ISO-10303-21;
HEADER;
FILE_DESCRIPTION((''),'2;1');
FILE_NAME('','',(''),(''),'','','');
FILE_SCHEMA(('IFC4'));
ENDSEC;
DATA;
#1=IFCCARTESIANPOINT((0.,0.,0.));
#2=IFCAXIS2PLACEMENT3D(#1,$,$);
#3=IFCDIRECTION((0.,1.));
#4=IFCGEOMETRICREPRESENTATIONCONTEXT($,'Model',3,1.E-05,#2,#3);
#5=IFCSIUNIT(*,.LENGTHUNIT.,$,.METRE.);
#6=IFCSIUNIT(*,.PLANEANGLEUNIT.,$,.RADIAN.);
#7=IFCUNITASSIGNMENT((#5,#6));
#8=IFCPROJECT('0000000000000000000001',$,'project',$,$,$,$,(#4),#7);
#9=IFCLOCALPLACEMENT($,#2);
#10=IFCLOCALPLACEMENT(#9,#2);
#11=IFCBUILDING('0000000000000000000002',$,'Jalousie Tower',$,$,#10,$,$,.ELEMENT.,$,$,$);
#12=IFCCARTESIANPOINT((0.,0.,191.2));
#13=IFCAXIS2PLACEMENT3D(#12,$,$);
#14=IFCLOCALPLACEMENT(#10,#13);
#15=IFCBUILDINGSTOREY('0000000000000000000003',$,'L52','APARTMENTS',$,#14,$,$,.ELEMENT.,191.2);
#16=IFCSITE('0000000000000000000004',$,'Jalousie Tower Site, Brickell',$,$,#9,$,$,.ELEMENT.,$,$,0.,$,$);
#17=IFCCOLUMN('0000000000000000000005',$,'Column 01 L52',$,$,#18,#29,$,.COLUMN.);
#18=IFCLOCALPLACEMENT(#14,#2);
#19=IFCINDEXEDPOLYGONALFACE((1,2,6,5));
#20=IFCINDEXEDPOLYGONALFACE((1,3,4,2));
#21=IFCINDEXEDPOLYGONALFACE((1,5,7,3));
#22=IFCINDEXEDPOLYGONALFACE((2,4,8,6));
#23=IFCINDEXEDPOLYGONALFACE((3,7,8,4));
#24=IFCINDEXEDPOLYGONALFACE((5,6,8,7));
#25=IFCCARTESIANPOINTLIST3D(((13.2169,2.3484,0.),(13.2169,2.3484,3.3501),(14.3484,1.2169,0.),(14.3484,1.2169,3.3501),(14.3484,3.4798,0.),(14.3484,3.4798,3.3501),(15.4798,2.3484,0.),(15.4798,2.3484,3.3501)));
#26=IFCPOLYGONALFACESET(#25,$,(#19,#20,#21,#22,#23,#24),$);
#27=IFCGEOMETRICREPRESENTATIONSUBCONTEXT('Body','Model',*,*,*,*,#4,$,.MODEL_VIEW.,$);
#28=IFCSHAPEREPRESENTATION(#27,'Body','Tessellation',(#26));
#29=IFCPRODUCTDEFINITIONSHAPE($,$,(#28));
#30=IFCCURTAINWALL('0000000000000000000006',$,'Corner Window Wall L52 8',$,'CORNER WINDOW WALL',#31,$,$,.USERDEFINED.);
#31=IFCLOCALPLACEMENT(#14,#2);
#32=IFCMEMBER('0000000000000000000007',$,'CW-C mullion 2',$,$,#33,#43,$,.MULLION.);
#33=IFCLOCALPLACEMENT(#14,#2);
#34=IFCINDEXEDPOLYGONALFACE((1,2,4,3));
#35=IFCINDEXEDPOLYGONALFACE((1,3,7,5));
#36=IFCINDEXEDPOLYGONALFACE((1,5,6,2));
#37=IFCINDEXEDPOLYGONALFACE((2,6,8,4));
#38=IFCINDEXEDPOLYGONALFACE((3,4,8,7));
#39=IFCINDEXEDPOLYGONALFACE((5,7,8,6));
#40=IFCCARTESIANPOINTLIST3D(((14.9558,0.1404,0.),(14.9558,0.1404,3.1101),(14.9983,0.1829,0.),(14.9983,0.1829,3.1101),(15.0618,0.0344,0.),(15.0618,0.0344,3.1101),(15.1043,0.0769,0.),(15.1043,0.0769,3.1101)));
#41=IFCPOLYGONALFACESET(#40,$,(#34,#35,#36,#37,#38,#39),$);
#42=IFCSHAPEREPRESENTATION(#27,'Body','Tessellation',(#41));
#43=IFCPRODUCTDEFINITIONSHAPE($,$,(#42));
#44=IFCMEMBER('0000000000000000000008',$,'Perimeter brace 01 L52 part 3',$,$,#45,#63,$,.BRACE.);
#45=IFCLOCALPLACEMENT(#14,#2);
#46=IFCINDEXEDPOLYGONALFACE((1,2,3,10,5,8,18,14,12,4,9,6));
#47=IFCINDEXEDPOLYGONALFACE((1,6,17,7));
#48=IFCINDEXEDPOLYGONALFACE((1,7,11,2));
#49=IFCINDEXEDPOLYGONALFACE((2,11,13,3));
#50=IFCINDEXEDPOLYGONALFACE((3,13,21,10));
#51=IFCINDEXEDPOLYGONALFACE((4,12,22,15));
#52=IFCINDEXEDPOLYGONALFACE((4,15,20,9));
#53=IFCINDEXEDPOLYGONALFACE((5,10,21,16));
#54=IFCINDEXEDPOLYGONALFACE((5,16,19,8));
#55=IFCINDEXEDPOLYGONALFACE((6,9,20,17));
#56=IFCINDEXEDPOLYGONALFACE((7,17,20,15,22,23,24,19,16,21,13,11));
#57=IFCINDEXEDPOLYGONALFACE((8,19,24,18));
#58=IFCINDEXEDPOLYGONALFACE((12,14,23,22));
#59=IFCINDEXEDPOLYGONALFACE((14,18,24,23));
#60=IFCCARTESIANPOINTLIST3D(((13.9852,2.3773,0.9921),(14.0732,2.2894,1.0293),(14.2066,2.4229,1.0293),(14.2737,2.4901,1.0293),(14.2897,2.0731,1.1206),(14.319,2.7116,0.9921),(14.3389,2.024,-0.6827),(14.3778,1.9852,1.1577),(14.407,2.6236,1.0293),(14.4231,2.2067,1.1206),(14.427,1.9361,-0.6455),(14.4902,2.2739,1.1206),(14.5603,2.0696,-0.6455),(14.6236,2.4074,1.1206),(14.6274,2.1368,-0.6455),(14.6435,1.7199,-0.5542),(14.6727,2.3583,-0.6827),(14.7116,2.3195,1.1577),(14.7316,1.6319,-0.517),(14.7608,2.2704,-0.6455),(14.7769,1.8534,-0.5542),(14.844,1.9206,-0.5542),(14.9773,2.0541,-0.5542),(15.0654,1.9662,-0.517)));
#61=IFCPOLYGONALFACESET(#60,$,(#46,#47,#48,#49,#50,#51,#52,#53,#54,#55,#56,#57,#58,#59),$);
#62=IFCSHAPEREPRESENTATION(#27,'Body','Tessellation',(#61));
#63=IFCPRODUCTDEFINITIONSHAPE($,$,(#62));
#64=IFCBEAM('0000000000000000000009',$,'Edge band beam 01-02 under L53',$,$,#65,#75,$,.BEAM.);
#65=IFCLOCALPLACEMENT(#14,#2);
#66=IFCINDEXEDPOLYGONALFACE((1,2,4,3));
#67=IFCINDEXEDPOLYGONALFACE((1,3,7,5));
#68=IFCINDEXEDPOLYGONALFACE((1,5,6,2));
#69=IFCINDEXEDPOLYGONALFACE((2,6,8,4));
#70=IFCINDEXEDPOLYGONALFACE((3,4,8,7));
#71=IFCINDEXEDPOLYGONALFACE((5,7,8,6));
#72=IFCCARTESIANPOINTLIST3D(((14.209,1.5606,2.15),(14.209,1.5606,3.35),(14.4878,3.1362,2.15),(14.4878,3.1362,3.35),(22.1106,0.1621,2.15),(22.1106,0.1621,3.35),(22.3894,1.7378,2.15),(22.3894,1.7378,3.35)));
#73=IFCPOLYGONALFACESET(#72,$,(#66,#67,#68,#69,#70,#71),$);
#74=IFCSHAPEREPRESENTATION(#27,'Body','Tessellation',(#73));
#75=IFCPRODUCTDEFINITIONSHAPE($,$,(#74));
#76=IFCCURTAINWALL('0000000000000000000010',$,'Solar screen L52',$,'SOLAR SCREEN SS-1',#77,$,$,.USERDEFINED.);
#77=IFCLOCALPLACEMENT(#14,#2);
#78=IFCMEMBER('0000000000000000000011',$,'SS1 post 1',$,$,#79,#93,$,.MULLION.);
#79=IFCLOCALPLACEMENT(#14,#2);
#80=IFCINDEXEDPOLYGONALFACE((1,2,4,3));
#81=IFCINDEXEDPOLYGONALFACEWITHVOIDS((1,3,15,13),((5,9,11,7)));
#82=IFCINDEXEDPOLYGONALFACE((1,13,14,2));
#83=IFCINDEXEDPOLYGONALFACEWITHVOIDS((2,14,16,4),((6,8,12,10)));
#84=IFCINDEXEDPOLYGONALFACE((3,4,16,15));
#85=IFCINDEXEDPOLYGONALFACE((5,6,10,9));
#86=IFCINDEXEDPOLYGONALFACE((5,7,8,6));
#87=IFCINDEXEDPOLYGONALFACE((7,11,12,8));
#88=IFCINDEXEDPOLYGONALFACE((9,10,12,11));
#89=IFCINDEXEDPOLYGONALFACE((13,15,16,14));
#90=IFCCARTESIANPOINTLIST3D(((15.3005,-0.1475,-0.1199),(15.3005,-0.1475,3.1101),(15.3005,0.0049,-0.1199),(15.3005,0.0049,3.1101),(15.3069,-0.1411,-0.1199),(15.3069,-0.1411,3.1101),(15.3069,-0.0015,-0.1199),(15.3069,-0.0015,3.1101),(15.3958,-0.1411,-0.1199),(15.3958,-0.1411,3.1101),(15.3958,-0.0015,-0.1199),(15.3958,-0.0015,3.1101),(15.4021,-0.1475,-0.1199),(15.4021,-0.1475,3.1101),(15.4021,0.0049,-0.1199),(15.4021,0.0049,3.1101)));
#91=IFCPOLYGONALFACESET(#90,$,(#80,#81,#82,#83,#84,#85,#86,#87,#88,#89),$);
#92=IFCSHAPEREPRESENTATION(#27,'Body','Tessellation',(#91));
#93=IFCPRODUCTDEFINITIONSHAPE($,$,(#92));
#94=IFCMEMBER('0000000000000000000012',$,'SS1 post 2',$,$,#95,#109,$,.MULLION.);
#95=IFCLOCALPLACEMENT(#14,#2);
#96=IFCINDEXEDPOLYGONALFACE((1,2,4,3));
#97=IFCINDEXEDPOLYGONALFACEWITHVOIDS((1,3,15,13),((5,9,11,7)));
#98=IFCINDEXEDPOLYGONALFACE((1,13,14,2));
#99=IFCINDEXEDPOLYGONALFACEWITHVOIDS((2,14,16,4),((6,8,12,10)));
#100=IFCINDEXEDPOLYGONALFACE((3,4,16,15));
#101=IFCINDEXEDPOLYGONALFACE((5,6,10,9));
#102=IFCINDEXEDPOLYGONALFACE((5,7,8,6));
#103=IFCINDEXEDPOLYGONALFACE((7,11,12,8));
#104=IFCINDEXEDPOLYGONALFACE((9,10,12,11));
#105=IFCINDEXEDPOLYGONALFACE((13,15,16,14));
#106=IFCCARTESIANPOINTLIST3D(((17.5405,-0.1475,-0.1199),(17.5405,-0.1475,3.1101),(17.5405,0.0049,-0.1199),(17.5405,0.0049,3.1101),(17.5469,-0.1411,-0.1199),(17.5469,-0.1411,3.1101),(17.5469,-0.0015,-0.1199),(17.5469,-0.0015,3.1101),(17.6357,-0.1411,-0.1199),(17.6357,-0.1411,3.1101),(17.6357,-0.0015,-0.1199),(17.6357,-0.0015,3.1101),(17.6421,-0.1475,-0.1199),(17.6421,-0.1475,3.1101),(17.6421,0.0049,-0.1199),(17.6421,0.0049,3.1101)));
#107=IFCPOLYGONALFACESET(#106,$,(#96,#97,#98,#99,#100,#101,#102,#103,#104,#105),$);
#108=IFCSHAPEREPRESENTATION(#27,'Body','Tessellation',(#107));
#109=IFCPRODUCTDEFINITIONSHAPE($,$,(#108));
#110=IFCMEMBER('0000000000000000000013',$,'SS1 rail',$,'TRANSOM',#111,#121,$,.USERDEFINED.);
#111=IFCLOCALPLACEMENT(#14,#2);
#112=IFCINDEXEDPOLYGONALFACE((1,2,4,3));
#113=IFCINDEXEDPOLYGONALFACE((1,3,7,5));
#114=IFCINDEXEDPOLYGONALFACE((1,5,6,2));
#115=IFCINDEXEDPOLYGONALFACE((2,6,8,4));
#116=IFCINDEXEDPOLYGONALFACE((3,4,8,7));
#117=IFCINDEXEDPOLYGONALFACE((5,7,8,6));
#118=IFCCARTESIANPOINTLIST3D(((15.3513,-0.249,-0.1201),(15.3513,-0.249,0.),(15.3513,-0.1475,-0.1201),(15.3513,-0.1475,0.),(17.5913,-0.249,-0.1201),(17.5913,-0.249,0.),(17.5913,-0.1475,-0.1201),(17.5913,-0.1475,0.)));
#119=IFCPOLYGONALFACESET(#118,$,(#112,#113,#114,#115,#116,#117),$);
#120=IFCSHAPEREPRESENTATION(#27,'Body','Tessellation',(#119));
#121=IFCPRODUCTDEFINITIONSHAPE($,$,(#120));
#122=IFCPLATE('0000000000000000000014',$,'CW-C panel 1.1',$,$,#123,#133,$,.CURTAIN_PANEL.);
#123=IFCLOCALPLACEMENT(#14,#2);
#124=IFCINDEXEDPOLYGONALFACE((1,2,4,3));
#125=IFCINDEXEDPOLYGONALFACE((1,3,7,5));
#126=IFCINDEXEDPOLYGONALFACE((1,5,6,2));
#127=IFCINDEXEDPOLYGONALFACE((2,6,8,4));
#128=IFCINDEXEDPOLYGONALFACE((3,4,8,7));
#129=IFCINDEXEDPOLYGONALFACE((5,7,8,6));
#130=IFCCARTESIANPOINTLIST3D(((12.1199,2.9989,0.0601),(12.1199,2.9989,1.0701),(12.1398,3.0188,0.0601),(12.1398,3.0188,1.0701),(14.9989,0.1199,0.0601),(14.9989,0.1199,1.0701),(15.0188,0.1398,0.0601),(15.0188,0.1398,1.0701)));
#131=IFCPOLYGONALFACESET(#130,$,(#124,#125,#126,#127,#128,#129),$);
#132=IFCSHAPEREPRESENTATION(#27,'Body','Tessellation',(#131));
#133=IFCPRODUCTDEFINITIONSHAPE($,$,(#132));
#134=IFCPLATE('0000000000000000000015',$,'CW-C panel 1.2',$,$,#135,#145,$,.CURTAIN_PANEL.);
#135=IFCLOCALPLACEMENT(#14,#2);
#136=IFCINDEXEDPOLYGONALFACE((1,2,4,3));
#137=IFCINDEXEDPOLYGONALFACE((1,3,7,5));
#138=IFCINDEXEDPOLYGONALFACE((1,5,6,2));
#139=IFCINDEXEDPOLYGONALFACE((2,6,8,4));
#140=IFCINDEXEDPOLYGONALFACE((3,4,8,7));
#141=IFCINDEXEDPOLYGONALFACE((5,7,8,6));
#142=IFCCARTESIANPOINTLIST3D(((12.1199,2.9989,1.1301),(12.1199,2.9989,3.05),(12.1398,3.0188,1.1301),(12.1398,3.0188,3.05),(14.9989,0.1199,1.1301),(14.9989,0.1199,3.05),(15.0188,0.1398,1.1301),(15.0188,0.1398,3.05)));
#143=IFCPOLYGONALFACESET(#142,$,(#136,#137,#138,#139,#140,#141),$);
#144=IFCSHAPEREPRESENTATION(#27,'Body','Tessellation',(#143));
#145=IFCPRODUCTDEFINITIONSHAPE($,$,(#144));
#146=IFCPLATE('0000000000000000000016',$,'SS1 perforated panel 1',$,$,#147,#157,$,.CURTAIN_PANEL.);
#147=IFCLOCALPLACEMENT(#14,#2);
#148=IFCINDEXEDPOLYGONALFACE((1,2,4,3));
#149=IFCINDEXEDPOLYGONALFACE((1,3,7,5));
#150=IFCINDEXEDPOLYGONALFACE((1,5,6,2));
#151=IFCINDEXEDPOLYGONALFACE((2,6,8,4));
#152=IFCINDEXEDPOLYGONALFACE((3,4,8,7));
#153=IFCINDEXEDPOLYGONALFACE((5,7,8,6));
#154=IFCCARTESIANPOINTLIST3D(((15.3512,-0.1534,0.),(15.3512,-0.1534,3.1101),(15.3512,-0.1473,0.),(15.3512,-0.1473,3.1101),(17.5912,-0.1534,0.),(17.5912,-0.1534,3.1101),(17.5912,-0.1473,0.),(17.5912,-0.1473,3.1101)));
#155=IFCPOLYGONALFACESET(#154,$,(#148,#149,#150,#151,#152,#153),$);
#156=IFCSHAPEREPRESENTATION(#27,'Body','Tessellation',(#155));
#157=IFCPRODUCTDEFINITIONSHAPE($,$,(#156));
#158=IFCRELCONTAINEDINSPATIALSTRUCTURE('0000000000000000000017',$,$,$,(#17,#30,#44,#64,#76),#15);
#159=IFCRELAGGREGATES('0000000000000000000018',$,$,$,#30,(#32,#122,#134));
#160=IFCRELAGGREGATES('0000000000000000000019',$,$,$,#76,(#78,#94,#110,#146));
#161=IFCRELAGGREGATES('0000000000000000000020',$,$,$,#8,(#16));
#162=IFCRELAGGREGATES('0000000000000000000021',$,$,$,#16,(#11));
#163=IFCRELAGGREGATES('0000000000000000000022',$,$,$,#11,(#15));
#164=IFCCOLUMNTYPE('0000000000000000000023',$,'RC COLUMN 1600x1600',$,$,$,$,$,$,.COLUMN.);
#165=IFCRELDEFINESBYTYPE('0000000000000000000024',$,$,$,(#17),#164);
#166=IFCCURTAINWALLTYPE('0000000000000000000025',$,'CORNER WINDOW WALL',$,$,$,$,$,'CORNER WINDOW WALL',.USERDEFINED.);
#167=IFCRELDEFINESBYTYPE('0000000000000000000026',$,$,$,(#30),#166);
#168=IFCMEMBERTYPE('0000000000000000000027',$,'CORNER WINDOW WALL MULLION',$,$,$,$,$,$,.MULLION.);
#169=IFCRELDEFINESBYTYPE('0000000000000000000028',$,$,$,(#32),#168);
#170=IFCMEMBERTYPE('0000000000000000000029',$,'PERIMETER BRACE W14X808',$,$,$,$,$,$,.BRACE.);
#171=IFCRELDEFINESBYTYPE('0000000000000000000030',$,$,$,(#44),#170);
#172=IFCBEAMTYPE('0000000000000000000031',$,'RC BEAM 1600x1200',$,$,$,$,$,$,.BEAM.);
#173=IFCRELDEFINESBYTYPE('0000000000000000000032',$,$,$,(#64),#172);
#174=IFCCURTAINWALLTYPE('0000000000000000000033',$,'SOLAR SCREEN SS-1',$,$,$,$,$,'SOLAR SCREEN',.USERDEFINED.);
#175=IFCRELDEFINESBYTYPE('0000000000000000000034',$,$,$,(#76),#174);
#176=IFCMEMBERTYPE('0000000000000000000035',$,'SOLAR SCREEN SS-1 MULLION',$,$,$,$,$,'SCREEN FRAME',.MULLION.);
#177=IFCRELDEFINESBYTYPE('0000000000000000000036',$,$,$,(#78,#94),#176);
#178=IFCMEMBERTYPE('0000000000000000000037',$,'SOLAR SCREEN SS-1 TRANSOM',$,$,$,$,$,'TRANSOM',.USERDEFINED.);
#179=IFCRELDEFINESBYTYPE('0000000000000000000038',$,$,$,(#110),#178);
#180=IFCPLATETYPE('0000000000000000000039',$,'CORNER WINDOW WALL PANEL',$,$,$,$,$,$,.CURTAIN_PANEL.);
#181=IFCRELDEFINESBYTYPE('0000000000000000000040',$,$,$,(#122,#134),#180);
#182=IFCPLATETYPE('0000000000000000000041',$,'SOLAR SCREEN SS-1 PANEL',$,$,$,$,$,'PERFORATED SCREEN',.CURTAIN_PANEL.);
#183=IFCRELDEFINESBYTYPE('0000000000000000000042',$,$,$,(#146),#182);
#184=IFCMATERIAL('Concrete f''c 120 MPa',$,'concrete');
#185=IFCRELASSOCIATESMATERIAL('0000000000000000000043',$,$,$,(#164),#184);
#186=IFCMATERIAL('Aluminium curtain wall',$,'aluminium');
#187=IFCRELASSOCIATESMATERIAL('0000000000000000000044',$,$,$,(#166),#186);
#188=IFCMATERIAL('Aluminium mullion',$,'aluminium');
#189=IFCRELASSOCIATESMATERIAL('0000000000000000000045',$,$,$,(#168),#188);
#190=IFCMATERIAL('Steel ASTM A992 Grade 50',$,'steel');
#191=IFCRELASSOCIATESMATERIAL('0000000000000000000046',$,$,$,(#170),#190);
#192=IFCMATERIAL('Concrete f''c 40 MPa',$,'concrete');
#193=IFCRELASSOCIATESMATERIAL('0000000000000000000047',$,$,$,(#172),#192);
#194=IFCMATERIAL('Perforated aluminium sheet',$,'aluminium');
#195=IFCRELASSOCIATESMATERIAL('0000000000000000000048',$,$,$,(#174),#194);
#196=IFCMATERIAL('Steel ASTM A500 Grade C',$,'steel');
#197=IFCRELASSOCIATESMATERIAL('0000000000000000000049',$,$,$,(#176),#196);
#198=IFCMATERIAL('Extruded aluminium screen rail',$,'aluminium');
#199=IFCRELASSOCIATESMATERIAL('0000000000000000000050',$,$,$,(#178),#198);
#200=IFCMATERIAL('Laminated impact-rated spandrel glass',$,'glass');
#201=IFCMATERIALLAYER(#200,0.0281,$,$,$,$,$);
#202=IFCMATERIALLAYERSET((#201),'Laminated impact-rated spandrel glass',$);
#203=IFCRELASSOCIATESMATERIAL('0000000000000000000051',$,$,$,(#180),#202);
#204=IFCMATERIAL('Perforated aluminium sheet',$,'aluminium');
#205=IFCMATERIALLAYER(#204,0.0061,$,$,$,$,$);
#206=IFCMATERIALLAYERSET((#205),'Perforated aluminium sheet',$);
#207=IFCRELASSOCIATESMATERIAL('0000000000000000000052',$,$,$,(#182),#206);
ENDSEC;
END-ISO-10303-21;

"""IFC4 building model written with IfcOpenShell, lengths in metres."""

from ifc_helpers import new_model, si_unit, direction, frame, origin, origin_2d, place, context, subcontext, project, spatial, rectangle, hollow_rectangle, i_section, extrude, material, layer, layer_set, material_profile, profile_set, type_object, element, aggregate, save


model = new_model("IFC4")

# Units and contexts
model_context = context("Model", 3, precision=1e-05, world=origin(), true_north=direction((0.0, 1.0)))
body_context = subcontext(model_context, "Body", "Model", "MODEL_VIEW")
ifc_project = project(units=[si_unit("LENGTHUNIT", "METRE"), si_unit("PLANEANGLEUNIT", "RADIAN")], contexts=[model_context])

# Site, building, storey
site_placement = place(None, origin())
site = spatial("IfcSite", under=ifc_project, at=site_placement, Name="Jalousie Tower Site, Brickell", CompositionType="ELEMENT", RefElevation=0.0)
building_placement = place(site_placement, origin())
building = spatial("IfcBuilding", under=site, at=building_placement, Name="Jalousie Tower", CompositionType="ELEMENT")
storey_placement = place(building_placement, frame((0.0, 0.0, 191.2)))
storey = spatial("IfcBuildingStorey", under=building, at=storey_placement, Name="L52", Description="APARTMENTS", CompositionType="ELEMENT", Elevation=191.2)

# Column
ifc_material_1 = material(Name="Concrete f'c 120 MPa", Category="concrete")
ifc_material_profile_1 = material_profile(ifc_material_1, rectangle(XDim=1.6001, YDim=1.6001, at=origin_2d()), Name="RC 1600x1600")
ifc_profile_set_1 = profile_set([ifc_material_profile_1], Name="Concrete f'c 120 MPa")
column_type = type_object("IfcColumnType", Name="RC COLUMN 1600x1600", PredefinedType="COLUMN", material=ifc_profile_set_1)
column_placement = place(storey_placement, frame((14.3484, 2.3484, 0.0), z_axis=(0.0, 0.0, 1.0), x_axis=(0.707107, 0.707107, 0.0)))
element("IfcColumn", 1, at=column_placement, inside=storey, type_object=column_type, Name="Column 01 L52", PredefinedType="COLUMN", context=body_context, shape_type="SweptSolid", body=[
    extrude(rectangle(XDim=1.6001, YDim=1.6001, at=origin_2d()), origin(), (0.0, 0.0, 1.0), 3.3501),
])

# Curtain wall, member
ifc_material_2 = material(Name="Aluminium curtain wall", Category="aluminium")
curtain_wall_type_1 = type_object("IfcCurtainWallType", Name="CORNER WINDOW WALL", ElementType="CORNER WINDOW WALL", PredefinedType="USERDEFINED", material=ifc_material_2)
curtain_wall_1_placement = place(storey_placement, origin())
curtain_wall_1 = element("IfcCurtainWall", 2, at=curtain_wall_1_placement, inside=storey, type_object=curtain_wall_type_1, Name="Corner Window Wall L52 8", ObjectType="CORNER WINDOW WALL", PredefinedType="USERDEFINED")
ifc_material_3 = material(Name="Aluminium mullion", Category="aluminium")
ifc_material_profile_2 = material_profile(ifc_material_3, rectangle(XDim=0.0601, YDim=0.1499, at=origin_2d()), Name="MULLION 60x150")
ifc_profile_set_2 = profile_set([ifc_material_profile_2], Name="Aluminium mullion")
member_type_1 = type_object("IfcMemberType", Name="CORNER WINDOW WALL MULLION", PredefinedType="MULLION", material=ifc_profile_set_2)
member_1_placement = place(storey_placement, frame((15.03, 0.1086, 0.0), z_axis=(0.0, 0.0, 1.0), x_axis=(0.707107, 0.707107, 0.0)))
member_1 = element("IfcMember", 3, at=member_1_placement, type_object=member_type_1, Name="CW-C mullion 2", PredefinedType="MULLION", context=body_context, shape_type="SweptSolid", body=[
    extrude(rectangle(XDim=0.0601, YDim=0.1499, at=origin_2d()), origin(), (0.0, 0.0, 1.0), 3.1101),
])

# Member
ifc_material_4 = material(Name="Steel ASTM A992 Grade 50", Category="steel")
ifc_material_profile_3 = material_profile(ifc_material_4, i_section(OverallWidth=0.4724, OverallDepth=0.5791, WebThickness=0.095, FlangeThickness=0.1299, at=origin_2d()), Name="W14X808")
ifc_profile_set_3 = profile_set([ifc_material_profile_3], Name="Steel ASTM A992 Grade 50")
member_type_2 = type_object("IfcMemberType", Name="PERIMETER BRACE W14X808", PredefinedType="BRACE", material=ifc_profile_set_3)
member_2_placement = place(storey_placement, frame((14.7021, 1.9951, -0.5999), z_axis=(-0.202399, 0.20212, 0.958218), x_axis=(-0.706618, -0.707595, 0.0)))
element("IfcMember", 4, at=member_2_placement, inside=storey, type_object=member_type_2, Name="Perimeter brace 01 L52 part 3", PredefinedType="BRACE", context=body_context, shape_type="SweptSolid", body=[
    extrude(i_section(OverallWidth=0.4724, OverallDepth=0.5791, WebThickness=0.095, FlangeThickness=0.1299, at=origin_2d()), origin(), (0.0, 0.0, 1.0), 1.7478),
])

# Beam
ifc_material_5 = material(Name="Concrete f'c 40 MPa", Category="concrete")
ifc_material_profile_4 = material_profile(ifc_material_5, rectangle(XDim=1.6001, YDim=1.2, at=origin_2d()), Name="RC 1600x1200")
ifc_profile_set_4 = profile_set([ifc_material_profile_4], Name="Concrete f'c 40 MPa")
beam_type = type_object("IfcBeamType", Name="RC BEAM 1600x1200", PredefinedType="BEAM", material=ifc_profile_set_4)
beam_placement = place(storey_placement, frame((14.3484, 2.3484, 2.75), z_axis=(0.984697, -0.174273, 0.0), x_axis=(0.174273, 0.984697, 0.0)))
element("IfcBeam", 5, at=beam_placement, inside=storey, type_object=beam_type, Name="Edge band beam 01-02 under L53", PredefinedType="BEAM", context=body_context, shape_type="SweptSolid", body=[
    extrude(rectangle(XDim=1.6001, YDim=1.2, at=origin_2d()), origin(), (0.0, 0.0, 1.0), 8.0244),
])

# Curtain wall, members
ifc_material_6 = material(Name="Perforated aluminium sheet", Category="aluminium")
curtain_wall_type_2 = type_object("IfcCurtainWallType", Name="SOLAR SCREEN SS-1", ElementType="SOLAR SCREEN", PredefinedType="USERDEFINED", material=ifc_material_6)
curtain_wall_2_placement = place(storey_placement, origin())
curtain_wall_2 = element("IfcCurtainWall", 6, at=curtain_wall_2_placement, inside=storey, type_object=curtain_wall_type_2, Name="Solar screen L52", ObjectType="SOLAR SCREEN SS-1", PredefinedType="USERDEFINED")
ifc_material_7 = material(Name="Steel ASTM A500 Grade C", Category="steel")
ifc_material_profile_5 = material_profile(ifc_material_7, hollow_rectangle(XDim=0.1016, YDim=0.1523, WallThickness=0.0063, at=origin_2d()), Name="HSS6X4X1/4")
ifc_profile_set_5 = profile_set([ifc_material_profile_5], Name="Steel ASTM A500 Grade C")
member_type_3 = type_object("IfcMemberType", Name="SOLAR SCREEN SS-1 MULLION", ElementType="SCREEN FRAME", PredefinedType="MULLION", material=ifc_profile_set_5)
member_3_placement = place(storey_placement, frame((15.3513, -0.0713, -0.1199), z_axis=(0.0, 0.0, 1.0), x_axis=(1.0, 0.0, 0.0)))
member_3 = element("IfcMember", 7, at=member_3_placement, type_object=member_type_3, Name="SS1 post 1", PredefinedType="MULLION", context=body_context, shape_type="SweptSolid", body=[
    extrude(hollow_rectangle(XDim=0.1016, YDim=0.1523, WallThickness=0.0063, at=origin_2d()), origin(), (0.0, 0.0, 1.0), 3.23),
])
member_4_placement = place(storey_placement, frame((17.5913, -0.0713, -0.1199), z_axis=(0.0, 0.0, 1.0), x_axis=(1.0, 0.0, 0.0)))
member_4 = element("IfcMember", 8, at=member_4_placement, type_object=member_type_3, Name="SS1 post 2", PredefinedType="MULLION", context=body_context, shape_type="SweptSolid", body=[
    extrude(hollow_rectangle(XDim=0.1016, YDim=0.1523, WallThickness=0.0063, at=origin_2d()), origin(), (0.0, 0.0, 1.0), 3.23),
])
ifc_material_8 = material(Name="Extruded aluminium screen rail", Category="aluminium")
ifc_material_profile_6 = material_profile(ifc_material_8, rectangle(XDim=0.1016, YDim=0.1201, at=origin_2d()), Name="RAIL 102x120")
ifc_profile_set_6 = profile_set([ifc_material_profile_6], Name="Extruded aluminium screen rail")
member_type_4 = type_object("IfcMemberType", Name="SOLAR SCREEN SS-1 TRANSOM", ElementType="TRANSOM", PredefinedType="USERDEFINED", material=ifc_profile_set_6)
member_5_placement = place(storey_placement, frame((15.3513, -0.1982, -0.0601), z_axis=(1.0, 0.0, 0.0), x_axis=(0.0, 1.0, 0.0)))
member_5 = element("IfcMember", 9, at=member_5_placement, type_object=member_type_4, Name="SS1 rail", ObjectType="TRANSOM", PredefinedType="USERDEFINED", context=body_context, shape_type="SweptSolid", body=[
    extrude(rectangle(XDim=0.1016, YDim=0.1201, at=origin_2d()), origin(), (0.0, 0.0, 1.0), 2.24),
])

# Plates
ifc_material_9 = material(Name="Laminated impact-rated spandrel glass", Category="glass")
ifc_layer_1 = layer(ifc_material_9, 0.0281)
ifc_layer_set_1 = layer_set([ifc_layer_1], Name="Laminated impact-rated spandrel glass")
plate_type_1 = type_object("IfcPlateType", Name="CORNER WINDOW WALL PANEL", PredefinedType="CURTAIN_PANEL", material=ifc_layer_set_1)
plate_1_placement = place(storey_placement, frame((13.5693, 1.5693, 0.0601), z_axis=(0.0, 0.0, 1.0), x_axis=(0.707107, -0.707107, 0.0)))
plate_1 = element("IfcPlate", 10, at=plate_1_placement, type_object=plate_type_1, Name="CW-C panel 1.1", PredefinedType="CURTAIN_PANEL", context=body_context, shape_type="SweptSolid", body=[
    extrude(rectangle(XDim=4.0715, YDim=0.0281, at=origin_2d()), origin(), (0.0, 0.0, 1.0), 1.01),
])
plate_2_placement = place(storey_placement, frame((13.5693, 1.5693, 1.1301), z_axis=(0.0, 0.0, 1.0), x_axis=(0.707107, -0.707107, 0.0)))
plate_2 = element("IfcPlate", 11, at=plate_2_placement, type_object=plate_type_1, Name="CW-C panel 1.2", PredefinedType="CURTAIN_PANEL", context=body_context, shape_type="SweptSolid", body=[
    extrude(rectangle(XDim=4.0715, YDim=0.0281, at=origin_2d()), origin(), (0.0, 0.0, 1.0), 1.9199),
])
aggregate(curtain_wall_1, [member_1, plate_1, plate_2])
ifc_material_10 = material(Name="Perforated aluminium sheet", Category="aluminium")
ifc_layer_2 = layer(ifc_material_10, 0.0061)
ifc_layer_set_2 = layer_set([ifc_layer_2], Name="Perforated aluminium sheet")
plate_type_2 = type_object("IfcPlateType", Name="SOLAR SCREEN SS-1 PANEL", ElementType="PERFORATED SCREEN", PredefinedType="CURTAIN_PANEL", material=ifc_layer_set_2)
plate_3_placement = place(storey_placement, frame((16.4712, -0.1504, 0.0), z_axis=(0.0, 0.0, 1.0), x_axis=(1.0, 0.0, 0.0)))
plate_3 = element("IfcPlate", 12, at=plate_3_placement, type_object=plate_type_2, Name="SS1 perforated panel 1", PredefinedType="CURTAIN_PANEL", context=body_context, shape_type="SweptSolid", body=[
    extrude(rectangle(XDim=2.24, YDim=0.0061, at=origin_2d()), origin(), (0.0, 0.0, 1.0), 3.1101),
])
aggregate(curtain_wall_2, [member_3, member_4, member_5, plate_3])

save(model, "model.ifc")
